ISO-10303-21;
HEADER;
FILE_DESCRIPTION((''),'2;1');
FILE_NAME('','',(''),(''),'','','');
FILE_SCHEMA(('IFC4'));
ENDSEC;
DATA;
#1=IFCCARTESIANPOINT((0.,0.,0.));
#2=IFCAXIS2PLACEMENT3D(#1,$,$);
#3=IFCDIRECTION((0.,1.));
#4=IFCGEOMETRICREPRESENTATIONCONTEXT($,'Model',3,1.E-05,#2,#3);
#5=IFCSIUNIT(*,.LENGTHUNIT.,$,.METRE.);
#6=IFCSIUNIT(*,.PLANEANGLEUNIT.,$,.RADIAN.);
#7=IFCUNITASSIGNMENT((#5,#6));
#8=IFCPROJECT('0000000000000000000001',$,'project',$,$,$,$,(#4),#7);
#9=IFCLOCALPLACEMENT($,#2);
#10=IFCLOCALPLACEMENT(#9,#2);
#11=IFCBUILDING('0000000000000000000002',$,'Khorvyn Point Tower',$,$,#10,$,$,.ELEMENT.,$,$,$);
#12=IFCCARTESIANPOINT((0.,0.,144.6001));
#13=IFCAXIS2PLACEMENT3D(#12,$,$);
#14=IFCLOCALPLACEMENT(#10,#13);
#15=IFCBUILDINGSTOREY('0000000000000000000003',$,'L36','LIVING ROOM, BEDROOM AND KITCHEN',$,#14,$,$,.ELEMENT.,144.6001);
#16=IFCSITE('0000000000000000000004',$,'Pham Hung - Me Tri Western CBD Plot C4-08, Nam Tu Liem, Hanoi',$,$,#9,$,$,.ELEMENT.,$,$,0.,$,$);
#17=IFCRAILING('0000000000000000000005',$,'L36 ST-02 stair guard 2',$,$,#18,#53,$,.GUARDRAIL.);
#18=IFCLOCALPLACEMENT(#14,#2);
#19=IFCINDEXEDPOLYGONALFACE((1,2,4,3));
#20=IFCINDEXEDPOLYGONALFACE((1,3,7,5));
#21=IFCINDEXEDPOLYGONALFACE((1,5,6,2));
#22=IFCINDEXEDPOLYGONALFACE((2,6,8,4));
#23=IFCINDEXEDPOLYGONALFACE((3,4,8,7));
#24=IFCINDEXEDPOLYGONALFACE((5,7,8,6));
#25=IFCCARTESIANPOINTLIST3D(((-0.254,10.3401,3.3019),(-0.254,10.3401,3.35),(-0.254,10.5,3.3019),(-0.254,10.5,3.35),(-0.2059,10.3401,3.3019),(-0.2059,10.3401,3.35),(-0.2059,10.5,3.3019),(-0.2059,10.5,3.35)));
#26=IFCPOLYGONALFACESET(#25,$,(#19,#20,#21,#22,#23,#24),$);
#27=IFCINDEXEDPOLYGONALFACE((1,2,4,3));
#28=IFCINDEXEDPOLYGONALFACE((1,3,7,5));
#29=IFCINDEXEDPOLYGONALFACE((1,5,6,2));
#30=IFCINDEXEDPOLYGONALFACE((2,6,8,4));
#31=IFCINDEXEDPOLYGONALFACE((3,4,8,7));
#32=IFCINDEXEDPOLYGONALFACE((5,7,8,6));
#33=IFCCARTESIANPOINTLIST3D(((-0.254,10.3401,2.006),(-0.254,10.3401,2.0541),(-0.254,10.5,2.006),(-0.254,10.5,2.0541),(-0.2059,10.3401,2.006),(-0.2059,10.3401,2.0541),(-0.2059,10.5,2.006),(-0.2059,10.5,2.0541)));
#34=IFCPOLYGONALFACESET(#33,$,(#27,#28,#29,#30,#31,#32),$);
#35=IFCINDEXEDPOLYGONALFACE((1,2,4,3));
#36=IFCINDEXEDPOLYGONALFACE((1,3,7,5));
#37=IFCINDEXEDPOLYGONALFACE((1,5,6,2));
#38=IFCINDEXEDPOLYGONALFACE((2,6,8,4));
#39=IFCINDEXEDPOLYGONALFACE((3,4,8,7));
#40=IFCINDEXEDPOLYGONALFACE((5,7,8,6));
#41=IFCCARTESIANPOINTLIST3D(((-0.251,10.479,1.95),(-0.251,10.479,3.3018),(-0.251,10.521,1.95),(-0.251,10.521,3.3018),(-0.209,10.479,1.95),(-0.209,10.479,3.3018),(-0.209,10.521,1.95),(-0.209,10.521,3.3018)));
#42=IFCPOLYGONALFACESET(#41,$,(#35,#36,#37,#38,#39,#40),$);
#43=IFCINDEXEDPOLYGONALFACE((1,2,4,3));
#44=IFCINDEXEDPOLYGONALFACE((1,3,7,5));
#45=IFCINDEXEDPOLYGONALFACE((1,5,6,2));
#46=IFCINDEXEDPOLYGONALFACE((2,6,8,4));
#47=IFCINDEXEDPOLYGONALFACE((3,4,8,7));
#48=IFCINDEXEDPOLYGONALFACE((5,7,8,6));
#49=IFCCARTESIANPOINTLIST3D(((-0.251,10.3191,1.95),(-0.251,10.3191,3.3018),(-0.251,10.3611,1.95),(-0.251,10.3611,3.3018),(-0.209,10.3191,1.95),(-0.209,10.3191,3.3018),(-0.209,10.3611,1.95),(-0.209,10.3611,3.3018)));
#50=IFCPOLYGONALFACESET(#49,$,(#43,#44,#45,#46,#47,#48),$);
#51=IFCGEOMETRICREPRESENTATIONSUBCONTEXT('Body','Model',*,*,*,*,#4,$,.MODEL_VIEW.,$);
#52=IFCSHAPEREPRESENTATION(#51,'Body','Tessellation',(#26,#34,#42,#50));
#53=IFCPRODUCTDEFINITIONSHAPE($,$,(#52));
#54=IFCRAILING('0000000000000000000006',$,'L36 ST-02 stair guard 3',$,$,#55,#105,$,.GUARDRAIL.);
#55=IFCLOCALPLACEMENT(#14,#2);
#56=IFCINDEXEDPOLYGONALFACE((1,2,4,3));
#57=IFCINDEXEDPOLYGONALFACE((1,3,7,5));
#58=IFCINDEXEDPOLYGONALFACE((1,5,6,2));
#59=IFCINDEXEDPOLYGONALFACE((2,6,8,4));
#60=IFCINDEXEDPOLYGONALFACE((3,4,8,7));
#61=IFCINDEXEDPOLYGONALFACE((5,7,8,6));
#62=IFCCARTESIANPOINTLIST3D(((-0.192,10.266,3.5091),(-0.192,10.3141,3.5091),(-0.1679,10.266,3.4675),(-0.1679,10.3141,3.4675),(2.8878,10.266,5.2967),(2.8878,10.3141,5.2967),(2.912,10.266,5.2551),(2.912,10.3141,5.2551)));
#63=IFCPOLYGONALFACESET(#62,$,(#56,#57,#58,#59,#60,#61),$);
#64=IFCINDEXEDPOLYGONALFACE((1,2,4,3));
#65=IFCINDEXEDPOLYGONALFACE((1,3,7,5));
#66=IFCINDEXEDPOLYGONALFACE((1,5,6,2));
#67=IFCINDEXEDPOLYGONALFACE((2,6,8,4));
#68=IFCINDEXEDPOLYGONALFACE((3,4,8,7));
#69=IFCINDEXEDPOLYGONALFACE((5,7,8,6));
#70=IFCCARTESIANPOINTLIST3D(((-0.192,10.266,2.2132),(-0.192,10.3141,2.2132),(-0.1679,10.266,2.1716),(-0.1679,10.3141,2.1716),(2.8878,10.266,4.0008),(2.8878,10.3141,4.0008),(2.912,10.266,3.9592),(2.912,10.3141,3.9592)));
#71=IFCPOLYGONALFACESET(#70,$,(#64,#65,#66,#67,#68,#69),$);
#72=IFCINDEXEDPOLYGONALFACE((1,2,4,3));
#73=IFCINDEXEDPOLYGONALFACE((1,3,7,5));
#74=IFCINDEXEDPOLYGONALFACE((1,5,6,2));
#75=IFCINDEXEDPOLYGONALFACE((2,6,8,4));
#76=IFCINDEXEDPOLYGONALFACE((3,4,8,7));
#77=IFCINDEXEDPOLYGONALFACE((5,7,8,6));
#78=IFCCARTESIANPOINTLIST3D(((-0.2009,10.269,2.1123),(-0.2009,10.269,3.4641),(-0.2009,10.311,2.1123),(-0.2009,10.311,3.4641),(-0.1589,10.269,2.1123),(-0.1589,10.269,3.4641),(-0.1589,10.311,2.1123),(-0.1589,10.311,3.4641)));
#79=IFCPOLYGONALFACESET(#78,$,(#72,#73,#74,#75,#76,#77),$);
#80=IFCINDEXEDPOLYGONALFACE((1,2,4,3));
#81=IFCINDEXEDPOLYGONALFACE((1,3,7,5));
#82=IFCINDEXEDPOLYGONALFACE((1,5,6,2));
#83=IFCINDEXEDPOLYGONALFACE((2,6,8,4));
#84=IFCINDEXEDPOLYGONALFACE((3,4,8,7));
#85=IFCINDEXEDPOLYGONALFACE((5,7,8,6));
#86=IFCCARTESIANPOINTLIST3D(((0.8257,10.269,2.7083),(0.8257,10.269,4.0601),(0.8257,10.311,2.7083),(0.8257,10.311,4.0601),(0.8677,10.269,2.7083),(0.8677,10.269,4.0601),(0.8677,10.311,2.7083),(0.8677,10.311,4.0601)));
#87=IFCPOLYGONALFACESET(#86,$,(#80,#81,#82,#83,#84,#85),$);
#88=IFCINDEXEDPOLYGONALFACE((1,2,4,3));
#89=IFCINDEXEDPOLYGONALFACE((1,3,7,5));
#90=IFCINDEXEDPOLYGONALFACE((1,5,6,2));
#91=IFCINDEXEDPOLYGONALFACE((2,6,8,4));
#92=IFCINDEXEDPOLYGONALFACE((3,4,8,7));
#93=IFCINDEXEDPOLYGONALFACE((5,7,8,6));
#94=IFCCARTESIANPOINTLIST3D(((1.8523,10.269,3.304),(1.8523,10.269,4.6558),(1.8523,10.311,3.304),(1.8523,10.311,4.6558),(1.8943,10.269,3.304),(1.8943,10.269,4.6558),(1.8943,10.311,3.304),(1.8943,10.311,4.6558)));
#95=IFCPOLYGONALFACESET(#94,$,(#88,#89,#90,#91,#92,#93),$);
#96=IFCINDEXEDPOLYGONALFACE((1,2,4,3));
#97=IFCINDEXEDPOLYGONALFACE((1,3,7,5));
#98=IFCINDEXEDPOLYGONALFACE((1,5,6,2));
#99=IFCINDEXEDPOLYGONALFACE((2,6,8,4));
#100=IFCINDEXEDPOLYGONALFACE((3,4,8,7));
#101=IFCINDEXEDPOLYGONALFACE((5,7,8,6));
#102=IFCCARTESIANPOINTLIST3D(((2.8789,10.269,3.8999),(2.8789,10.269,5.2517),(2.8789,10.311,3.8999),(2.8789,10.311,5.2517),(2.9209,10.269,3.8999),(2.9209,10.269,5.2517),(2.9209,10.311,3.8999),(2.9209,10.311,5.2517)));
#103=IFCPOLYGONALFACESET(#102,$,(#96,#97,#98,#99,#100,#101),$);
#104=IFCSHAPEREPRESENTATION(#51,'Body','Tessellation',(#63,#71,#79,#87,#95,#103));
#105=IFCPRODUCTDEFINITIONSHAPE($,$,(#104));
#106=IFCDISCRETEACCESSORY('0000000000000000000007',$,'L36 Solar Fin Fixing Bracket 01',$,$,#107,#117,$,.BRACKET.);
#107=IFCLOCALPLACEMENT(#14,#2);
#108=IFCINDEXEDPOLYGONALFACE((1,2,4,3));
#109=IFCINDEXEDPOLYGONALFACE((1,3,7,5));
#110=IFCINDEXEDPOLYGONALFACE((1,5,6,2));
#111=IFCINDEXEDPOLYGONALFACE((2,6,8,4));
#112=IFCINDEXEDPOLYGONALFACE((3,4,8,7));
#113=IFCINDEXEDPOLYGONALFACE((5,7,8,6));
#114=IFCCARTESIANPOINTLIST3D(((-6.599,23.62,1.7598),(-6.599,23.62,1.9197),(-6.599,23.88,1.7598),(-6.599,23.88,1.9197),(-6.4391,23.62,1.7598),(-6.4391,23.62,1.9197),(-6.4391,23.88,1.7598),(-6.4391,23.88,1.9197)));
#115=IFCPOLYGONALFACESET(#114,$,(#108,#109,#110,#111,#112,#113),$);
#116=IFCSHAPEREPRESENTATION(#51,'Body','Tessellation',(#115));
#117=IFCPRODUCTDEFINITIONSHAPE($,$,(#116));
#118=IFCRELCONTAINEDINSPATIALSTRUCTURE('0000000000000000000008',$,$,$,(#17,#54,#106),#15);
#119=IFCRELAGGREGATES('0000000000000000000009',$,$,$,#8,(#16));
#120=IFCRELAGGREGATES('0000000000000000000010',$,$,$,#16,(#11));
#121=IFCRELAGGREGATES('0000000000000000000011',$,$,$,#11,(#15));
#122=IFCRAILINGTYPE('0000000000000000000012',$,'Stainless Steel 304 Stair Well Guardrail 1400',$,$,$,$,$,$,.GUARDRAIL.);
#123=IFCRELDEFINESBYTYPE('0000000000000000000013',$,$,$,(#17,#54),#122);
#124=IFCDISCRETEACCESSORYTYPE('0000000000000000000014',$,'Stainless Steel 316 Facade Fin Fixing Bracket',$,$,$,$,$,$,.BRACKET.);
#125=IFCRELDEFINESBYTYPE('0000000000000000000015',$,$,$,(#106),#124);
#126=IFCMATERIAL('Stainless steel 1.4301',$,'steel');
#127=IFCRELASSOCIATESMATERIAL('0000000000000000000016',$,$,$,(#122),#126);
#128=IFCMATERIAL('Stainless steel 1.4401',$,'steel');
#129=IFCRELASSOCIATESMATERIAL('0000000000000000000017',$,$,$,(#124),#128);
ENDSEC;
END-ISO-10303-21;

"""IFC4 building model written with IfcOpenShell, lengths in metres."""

from ifc_helpers import new_model, si_unit, direction, frame, origin, origin_2d, place, context, subcontext, project, spatial, rectangle, extrude, material, type_object, element, save


model = new_model("IFC4")

# Units and contexts
model_context = context("Model", 3, precision=1e-05, world=origin(), true_north=direction((0.0, 1.0)))
body_context = subcontext(model_context, "Body", "Model", "MODEL_VIEW")
ifc_project = project(units=[si_unit("LENGTHUNIT", "METRE"), si_unit("PLANEANGLEUNIT", "RADIAN")], contexts=[model_context])

# Site, building, storey
site_placement = place(None, origin())
site = spatial("IfcSite", under=ifc_project, at=site_placement, Name="Pham Hung - Me Tri Western CBD Plot C4-08, Nam Tu Liem, Hanoi", CompositionType="ELEMENT", RefElevation=0.0)
building_placement = place(site_placement, origin())
building = spatial("IfcBuilding", under=site, at=building_placement, Name="Khorvyn Point Tower", CompositionType="ELEMENT")
storey_placement = place(building_placement, frame((0.0, 0.0, 144.6001)))
storey = spatial("IfcBuildingStorey", under=building, at=storey_placement, Name="L36", Description="LIVING ROOM, BEDROOM AND KITCHEN", CompositionType="ELEMENT", Elevation=144.6001)

# Railings
ifc_material_1 = material(Name="Stainless steel 1.4301", Category="steel")
railing_type_1 = type_object("IfcRailingType", Name="Stainless Steel 304 Stair Well Guardrail 1400", PredefinedType="GUARDRAIL", material=ifc_material_1)
railing_1_placement = place(storey_placement, frame((-0.23, 10.5, 1.95)))
element("IfcRailing", 1, at=railing_1_placement, inside=storey, type_object=railing_type_1, Name="L36 ST-02 stair guard 2", PredefinedType="GUARDRAIL", context=body_context, shape_type="SweptSolid", body=[
    extrude(rectangle(XDim=0.0481, YDim=0.0481, at=origin_2d()), frame((0.0, 0.0, 1.376), z_axis=(0.0, -1.0, 0.0), x_axis=(1.0, 0.0, 0.0)), (0.0, 0.0, 1.0), 0.1599),
    extrude(rectangle(XDim=0.0481, YDim=0.0481, at=origin_2d()), frame((0.0, 0.0, 0.0801), z_axis=(0.0, -1.0, 0.0), x_axis=(1.0, 0.0, 0.0)), (0.0, 0.0, 1.0), 0.1599),
    extrude(rectangle(XDim=0.042, YDim=0.042, at=origin_2d()), origin(), (0.0, 0.0, 1.0), 1.3518),
    extrude(rectangle(XDim=0.042, YDim=0.042, at=origin_2d()), frame((0.0, -0.1599, 0.0)), (0.0, 0.0, 1.0), 1.3518),
])
railing_2_placement = place(storey_placement, frame((-0.1799, 10.29, 2.1123)))
element("IfcRailing", 2, at=railing_2_placement, inside=storey, type_object=railing_type_1, Name="L36 ST-02 stair guard 3", PredefinedType="GUARDRAIL", context=body_context, shape_type="SweptSolid", body=[
    extrude(rectangle(XDim=0.0481, YDim=0.0481, at=origin_2d()), frame((0.0, 0.0, 1.376), z_axis=(0.864873, 0.0, 0.50199), x_axis=(0.0, 1.0, 0.0)), (0.0, 0.0, 1.0), 3.561),
    extrude(rectangle(XDim=0.0481, YDim=0.0481, at=origin_2d()), frame((0.0, 0.0, 0.0801), z_axis=(0.864873, 0.0, 0.50199), x_axis=(0.0, 1.0, 0.0)), (0.0, 0.0, 1.0), 3.561),
    extrude(rectangle(XDim=0.042, YDim=0.042, at=origin_2d()), origin(), (0.0, 0.0, 1.0), 1.3518),
    extrude(rectangle(XDim=0.042, YDim=0.042, at=origin_2d()), frame((1.0266, 0.0, 0.5959)), (0.0, 0.0, 1.0), 1.3518),
    extrude(rectangle(XDim=0.042, YDim=0.042, at=origin_2d()), frame((2.0532, 0.0, 1.1917)), (0.0, 0.0, 1.0), 1.3518),
    extrude(rectangle(XDim=0.042, YDim=0.042, at=origin_2d()), frame((3.0798, 0.0, 1.7876)), (0.0, 0.0, 1.0), 1.3518),
])

# Discrete accessory
ifc_material_2 = material(Name="Stainless steel 1.4401", Category="steel")
discrete_accessory_type = type_object("IfcDiscreteAccessoryType", Name="Stainless Steel 316 Facade Fin Fixing Bracket", PredefinedType="BRACKET", material=ifc_material_2)
discrete_accessory_placement = place(storey_placement, frame((-6.519, 23.75, 1.7598), z_axis=(0.0, 0.0, 1.0), x_axis=(1.0, 0.0, 0.0)))
element("IfcDiscreteAccessory", 3, at=discrete_accessory_placement, inside=storey, type_object=discrete_accessory_type, Name="L36 Solar Fin Fixing Bracket 01", PredefinedType="BRACKET", context=body_context, shape_type="SweptSolid", body=[
    extrude(rectangle(XDim=0.1599, YDim=0.26, at=origin_2d()), origin(), (0.0, 0.0, 1.0), 0.1599),
])

save(model, "model.ifc")
